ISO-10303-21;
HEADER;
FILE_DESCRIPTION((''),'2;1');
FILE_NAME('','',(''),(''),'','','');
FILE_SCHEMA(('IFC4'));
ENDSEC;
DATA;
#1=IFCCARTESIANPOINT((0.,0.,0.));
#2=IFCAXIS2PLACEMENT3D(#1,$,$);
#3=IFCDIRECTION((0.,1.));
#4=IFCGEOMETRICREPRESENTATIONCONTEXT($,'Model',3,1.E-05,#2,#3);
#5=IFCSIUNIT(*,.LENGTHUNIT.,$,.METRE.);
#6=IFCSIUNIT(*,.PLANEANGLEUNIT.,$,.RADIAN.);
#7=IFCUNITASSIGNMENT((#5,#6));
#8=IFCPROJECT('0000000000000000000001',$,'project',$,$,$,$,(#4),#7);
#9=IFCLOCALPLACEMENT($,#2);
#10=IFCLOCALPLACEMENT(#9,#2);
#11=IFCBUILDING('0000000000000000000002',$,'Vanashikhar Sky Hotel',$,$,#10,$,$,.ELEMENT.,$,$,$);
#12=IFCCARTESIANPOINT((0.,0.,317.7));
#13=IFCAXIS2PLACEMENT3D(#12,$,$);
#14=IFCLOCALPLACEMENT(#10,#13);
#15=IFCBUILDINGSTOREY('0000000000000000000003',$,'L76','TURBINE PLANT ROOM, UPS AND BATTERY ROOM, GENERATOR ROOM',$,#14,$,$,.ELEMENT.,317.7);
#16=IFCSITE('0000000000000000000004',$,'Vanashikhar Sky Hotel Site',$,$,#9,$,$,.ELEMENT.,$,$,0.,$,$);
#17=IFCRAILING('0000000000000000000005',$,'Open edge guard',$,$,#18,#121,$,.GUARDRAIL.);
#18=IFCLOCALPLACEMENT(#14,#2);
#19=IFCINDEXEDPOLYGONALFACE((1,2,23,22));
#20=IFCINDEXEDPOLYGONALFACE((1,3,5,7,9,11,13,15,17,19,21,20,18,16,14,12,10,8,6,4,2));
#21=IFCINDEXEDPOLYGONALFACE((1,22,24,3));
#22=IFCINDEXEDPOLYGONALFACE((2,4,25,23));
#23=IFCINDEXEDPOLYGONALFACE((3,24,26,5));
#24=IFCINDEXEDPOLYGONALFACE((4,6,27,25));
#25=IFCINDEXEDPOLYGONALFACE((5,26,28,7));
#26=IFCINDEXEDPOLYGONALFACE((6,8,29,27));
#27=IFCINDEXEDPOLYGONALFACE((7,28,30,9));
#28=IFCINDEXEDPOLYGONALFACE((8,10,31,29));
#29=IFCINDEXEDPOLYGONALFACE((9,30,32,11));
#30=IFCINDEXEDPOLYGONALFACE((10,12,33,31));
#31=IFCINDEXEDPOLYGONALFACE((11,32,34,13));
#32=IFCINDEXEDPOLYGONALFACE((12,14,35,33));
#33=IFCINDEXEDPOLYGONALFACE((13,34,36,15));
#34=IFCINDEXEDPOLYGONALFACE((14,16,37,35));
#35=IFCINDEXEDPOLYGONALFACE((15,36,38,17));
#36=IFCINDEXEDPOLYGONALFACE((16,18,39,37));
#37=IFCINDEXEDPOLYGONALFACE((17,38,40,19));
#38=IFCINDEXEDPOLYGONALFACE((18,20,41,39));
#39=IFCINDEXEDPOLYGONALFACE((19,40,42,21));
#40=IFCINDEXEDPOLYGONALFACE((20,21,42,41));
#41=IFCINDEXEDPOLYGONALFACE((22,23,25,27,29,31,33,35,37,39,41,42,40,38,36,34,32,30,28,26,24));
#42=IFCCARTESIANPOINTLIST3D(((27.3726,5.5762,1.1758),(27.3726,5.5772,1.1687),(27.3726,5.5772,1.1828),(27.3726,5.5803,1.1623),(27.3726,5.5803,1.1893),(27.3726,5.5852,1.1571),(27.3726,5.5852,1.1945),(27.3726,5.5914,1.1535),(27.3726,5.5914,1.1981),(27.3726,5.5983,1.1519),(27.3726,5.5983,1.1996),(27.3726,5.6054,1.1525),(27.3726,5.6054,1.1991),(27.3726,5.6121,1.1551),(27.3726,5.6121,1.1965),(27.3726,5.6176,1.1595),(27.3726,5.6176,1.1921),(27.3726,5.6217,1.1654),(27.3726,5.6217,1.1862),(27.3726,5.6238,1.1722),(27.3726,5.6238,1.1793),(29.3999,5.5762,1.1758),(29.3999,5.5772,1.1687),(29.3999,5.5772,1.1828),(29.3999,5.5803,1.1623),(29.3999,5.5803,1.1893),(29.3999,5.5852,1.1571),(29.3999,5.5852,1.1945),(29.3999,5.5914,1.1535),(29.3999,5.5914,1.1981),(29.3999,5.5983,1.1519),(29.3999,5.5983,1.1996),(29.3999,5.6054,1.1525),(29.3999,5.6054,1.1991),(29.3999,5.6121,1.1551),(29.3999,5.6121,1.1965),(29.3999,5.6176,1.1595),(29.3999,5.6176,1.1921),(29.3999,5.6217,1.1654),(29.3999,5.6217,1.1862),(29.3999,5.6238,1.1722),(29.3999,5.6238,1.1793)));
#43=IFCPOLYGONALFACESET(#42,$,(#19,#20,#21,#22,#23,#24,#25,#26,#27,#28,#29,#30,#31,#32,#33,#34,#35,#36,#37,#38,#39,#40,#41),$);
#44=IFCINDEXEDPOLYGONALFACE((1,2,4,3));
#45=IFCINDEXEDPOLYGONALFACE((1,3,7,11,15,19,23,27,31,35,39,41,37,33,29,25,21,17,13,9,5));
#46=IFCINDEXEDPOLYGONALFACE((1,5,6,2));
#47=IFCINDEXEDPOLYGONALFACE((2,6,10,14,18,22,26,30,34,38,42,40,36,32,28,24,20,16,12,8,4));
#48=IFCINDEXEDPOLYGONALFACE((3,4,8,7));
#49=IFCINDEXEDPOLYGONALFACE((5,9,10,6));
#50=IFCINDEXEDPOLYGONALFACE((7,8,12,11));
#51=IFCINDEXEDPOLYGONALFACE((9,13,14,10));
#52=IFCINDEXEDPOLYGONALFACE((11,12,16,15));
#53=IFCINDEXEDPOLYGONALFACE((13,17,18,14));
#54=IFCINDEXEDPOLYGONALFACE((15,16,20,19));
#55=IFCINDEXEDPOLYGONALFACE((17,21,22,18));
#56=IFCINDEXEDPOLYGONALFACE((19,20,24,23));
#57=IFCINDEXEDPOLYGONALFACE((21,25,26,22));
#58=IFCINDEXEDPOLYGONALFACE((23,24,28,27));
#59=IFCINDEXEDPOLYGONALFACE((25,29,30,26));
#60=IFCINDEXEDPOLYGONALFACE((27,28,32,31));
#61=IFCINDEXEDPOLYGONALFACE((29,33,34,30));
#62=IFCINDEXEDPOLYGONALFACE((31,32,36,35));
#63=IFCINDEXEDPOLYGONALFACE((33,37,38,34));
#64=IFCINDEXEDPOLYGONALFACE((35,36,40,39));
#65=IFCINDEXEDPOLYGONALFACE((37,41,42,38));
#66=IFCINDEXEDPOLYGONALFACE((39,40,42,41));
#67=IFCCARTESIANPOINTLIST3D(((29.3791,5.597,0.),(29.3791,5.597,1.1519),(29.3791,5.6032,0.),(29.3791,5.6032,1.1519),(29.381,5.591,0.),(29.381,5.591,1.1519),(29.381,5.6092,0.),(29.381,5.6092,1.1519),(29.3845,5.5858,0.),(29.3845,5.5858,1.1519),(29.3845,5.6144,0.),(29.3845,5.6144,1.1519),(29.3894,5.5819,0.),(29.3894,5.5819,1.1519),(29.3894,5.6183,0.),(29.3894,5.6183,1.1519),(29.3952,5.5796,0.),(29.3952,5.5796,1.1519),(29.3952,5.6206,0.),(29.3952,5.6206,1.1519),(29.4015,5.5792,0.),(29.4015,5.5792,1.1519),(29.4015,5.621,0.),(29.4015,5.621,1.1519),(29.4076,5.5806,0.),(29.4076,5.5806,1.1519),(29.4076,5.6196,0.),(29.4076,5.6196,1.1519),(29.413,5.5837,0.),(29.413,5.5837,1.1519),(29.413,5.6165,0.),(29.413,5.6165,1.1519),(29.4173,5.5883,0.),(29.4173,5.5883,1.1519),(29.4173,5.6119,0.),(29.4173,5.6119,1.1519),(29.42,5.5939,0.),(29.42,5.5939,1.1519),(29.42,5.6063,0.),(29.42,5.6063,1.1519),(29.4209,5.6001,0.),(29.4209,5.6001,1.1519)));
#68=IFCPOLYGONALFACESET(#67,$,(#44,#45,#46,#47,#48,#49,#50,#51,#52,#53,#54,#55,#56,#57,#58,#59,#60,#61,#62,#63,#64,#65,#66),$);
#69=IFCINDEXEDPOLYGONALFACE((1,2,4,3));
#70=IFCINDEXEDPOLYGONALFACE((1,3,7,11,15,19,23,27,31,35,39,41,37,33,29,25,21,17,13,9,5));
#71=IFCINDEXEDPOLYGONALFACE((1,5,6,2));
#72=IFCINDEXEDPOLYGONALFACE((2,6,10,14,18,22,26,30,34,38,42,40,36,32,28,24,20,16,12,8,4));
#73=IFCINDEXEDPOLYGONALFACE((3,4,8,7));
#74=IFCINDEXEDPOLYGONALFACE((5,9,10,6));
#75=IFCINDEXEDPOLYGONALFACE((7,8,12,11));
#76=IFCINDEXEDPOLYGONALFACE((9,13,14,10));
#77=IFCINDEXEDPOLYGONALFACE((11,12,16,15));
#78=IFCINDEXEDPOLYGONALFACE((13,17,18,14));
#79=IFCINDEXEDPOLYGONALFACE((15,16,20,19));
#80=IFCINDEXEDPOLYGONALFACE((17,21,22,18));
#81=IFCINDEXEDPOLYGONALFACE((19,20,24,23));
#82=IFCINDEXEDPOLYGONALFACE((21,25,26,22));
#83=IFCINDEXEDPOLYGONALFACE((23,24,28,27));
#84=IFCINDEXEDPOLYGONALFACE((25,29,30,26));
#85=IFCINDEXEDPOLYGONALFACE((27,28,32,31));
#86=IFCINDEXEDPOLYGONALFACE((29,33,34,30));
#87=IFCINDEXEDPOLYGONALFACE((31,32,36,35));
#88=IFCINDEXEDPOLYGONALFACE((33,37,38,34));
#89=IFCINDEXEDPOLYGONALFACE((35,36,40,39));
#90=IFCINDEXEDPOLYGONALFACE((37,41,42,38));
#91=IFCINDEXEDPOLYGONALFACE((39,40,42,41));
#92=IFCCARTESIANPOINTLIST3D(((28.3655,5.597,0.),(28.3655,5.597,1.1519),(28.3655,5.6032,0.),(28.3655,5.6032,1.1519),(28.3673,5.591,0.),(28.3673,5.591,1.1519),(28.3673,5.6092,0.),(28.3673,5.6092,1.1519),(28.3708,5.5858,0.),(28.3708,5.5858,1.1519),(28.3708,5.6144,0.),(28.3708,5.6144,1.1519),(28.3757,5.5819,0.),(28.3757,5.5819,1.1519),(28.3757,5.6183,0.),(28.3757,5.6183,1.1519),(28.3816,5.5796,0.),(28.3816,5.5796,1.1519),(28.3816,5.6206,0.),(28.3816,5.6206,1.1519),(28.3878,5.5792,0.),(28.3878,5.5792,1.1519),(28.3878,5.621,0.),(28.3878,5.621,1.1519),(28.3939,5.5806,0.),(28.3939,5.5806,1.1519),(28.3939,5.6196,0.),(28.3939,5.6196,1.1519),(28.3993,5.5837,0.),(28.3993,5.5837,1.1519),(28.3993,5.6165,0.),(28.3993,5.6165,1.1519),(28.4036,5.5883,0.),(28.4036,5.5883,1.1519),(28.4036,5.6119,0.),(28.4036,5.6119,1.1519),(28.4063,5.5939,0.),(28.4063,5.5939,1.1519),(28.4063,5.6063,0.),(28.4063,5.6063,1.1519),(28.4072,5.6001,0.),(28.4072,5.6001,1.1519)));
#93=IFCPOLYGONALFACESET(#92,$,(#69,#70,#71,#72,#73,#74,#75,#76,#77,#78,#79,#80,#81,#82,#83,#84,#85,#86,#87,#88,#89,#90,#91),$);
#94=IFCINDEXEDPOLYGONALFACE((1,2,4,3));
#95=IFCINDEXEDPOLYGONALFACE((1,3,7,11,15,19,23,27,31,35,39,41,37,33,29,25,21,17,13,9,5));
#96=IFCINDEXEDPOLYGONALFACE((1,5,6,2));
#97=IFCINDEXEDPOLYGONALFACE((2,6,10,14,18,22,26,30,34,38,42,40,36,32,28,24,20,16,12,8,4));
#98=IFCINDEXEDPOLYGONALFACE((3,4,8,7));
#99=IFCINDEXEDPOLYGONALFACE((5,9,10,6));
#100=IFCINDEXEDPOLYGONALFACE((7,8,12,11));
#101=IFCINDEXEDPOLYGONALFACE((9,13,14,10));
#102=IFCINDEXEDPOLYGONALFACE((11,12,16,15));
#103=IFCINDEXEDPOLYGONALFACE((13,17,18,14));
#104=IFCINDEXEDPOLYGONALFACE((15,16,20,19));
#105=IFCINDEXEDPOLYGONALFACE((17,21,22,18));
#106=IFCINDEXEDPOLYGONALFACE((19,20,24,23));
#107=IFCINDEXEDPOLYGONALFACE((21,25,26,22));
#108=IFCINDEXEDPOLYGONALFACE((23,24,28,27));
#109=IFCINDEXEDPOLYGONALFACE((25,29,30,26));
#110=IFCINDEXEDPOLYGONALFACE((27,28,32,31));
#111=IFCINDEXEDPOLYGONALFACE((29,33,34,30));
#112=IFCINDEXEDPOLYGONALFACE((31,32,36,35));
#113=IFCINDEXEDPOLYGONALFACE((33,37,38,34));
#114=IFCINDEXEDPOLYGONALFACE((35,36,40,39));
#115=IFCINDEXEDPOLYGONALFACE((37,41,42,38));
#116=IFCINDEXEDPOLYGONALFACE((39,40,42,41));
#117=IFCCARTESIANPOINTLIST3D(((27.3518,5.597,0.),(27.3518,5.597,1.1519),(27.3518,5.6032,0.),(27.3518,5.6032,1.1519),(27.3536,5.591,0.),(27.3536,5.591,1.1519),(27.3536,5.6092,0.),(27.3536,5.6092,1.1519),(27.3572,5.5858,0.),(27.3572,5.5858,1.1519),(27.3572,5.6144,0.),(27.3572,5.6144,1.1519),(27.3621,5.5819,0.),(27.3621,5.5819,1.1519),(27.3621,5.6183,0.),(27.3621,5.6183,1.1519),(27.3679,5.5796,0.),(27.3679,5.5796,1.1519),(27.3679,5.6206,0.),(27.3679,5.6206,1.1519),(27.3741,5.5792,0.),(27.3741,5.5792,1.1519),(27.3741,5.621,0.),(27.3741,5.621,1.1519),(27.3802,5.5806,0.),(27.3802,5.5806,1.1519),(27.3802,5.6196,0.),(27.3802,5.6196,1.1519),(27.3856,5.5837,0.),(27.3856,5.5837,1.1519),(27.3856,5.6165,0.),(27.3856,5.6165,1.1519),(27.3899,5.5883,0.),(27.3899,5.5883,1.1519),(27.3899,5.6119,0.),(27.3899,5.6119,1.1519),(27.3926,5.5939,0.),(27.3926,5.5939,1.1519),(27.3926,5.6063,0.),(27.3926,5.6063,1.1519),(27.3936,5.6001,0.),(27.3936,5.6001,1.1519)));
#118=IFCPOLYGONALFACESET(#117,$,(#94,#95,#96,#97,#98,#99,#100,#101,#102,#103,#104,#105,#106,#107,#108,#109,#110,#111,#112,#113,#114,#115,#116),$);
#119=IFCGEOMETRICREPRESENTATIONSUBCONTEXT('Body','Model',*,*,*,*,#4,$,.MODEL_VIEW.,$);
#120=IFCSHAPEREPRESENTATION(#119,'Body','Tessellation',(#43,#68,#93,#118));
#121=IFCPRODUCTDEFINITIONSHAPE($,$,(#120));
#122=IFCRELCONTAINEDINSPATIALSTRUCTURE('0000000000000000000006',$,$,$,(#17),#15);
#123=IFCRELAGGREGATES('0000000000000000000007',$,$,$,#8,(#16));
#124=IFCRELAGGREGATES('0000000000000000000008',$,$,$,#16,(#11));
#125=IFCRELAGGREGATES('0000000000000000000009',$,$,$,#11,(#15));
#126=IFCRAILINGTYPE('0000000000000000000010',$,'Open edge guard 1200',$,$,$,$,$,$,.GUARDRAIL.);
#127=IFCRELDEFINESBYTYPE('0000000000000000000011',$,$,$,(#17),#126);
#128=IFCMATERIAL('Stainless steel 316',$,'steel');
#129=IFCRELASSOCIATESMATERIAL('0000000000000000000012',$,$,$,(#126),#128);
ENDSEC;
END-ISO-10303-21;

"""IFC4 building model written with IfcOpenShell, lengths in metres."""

from ifc_helpers import new_model, si_unit, direction, frame, origin, origin_2d, place, context, subcontext, project, spatial, circle, extrude, source, transform, mapped, material, type_object, element, save


model = new_model("IFC4")

# Units and contexts
model_context = context("Model", 3, precision=1e-05, world=origin(), true_north=direction((0.0, 1.0)))
body_context = subcontext(model_context, "Body", "Model", "MODEL_VIEW")
ifc_project = project(units=[si_unit("LENGTHUNIT", "METRE"), si_unit("PLANEANGLEUNIT", "RADIAN")], contexts=[model_context])

# Site, building, storey
site_placement = place(None, origin())
site = spatial("IfcSite", under=ifc_project, at=site_placement, Name="Vanashikhar Sky Hotel Site", CompositionType="ELEMENT", RefElevation=0.0)
building_placement = place(site_placement, origin())
building = spatial("IfcBuilding", under=site, at=building_placement, Name="Vanashikhar Sky Hotel", CompositionType="ELEMENT")
storey_placement = place(building_placement, frame((0.0, 0.0, 317.7)))
storey = spatial("IfcBuildingStorey", under=building, at=storey_placement, Name="L76", Description="TURBINE PLANT ROOM, UPS AND BATTERY ROOM, GENERATOR ROOM", CompositionType="ELEMENT", Elevation=317.7)

# Railing
ifc_material_1 = material(Name="Stainless steel 316", Category="steel")
railing_type = type_object("IfcRailingType", Name="Open edge guard 1200", PredefinedType="GUARDRAIL", material=ifc_material_1)
shared_shape_1 = source(origin(), body_context, "Body", "SweptSolid", [
    extrude(circle(Radius=0.0239, at=origin_2d()), frame((0.0, 0.0, 1.1758), z_axis=(-1.0, 0.0, 0.0), x_axis=(0.0, -1.0, 0.0)), (0.0, 0.0, 1.0), 2.0273),
    extrude(circle(Radius=0.021, at=origin_2d()), origin(), (0.0, 0.0, 1.0), 1.1519),
    extrude(circle(Radius=0.021, at=origin_2d()), frame((-1.0137, 0.0, 0.0)), (0.0, 0.0, 1.0), 1.1519),
    extrude(circle(Radius=0.021, at=origin_2d()), frame((-2.0273, 0.0, 0.0)), (0.0, 0.0, 1.0), 1.1519),
])
railing_1_placement = place(storey_placement, frame((29.3999, 5.6001, 0.0)))
element("IfcRailing", 1, at=railing_1_placement, inside=storey, type_object=railing_type, Name="Open edge guard", PredefinedType="GUARDRAIL", context=body_context, shape_type="MappedRepresentation", body=[
    mapped(shared_shape_1, transform((0.0, 0.0, 0.0), scale=1.0)),
])

save(model, "model.ifc")
